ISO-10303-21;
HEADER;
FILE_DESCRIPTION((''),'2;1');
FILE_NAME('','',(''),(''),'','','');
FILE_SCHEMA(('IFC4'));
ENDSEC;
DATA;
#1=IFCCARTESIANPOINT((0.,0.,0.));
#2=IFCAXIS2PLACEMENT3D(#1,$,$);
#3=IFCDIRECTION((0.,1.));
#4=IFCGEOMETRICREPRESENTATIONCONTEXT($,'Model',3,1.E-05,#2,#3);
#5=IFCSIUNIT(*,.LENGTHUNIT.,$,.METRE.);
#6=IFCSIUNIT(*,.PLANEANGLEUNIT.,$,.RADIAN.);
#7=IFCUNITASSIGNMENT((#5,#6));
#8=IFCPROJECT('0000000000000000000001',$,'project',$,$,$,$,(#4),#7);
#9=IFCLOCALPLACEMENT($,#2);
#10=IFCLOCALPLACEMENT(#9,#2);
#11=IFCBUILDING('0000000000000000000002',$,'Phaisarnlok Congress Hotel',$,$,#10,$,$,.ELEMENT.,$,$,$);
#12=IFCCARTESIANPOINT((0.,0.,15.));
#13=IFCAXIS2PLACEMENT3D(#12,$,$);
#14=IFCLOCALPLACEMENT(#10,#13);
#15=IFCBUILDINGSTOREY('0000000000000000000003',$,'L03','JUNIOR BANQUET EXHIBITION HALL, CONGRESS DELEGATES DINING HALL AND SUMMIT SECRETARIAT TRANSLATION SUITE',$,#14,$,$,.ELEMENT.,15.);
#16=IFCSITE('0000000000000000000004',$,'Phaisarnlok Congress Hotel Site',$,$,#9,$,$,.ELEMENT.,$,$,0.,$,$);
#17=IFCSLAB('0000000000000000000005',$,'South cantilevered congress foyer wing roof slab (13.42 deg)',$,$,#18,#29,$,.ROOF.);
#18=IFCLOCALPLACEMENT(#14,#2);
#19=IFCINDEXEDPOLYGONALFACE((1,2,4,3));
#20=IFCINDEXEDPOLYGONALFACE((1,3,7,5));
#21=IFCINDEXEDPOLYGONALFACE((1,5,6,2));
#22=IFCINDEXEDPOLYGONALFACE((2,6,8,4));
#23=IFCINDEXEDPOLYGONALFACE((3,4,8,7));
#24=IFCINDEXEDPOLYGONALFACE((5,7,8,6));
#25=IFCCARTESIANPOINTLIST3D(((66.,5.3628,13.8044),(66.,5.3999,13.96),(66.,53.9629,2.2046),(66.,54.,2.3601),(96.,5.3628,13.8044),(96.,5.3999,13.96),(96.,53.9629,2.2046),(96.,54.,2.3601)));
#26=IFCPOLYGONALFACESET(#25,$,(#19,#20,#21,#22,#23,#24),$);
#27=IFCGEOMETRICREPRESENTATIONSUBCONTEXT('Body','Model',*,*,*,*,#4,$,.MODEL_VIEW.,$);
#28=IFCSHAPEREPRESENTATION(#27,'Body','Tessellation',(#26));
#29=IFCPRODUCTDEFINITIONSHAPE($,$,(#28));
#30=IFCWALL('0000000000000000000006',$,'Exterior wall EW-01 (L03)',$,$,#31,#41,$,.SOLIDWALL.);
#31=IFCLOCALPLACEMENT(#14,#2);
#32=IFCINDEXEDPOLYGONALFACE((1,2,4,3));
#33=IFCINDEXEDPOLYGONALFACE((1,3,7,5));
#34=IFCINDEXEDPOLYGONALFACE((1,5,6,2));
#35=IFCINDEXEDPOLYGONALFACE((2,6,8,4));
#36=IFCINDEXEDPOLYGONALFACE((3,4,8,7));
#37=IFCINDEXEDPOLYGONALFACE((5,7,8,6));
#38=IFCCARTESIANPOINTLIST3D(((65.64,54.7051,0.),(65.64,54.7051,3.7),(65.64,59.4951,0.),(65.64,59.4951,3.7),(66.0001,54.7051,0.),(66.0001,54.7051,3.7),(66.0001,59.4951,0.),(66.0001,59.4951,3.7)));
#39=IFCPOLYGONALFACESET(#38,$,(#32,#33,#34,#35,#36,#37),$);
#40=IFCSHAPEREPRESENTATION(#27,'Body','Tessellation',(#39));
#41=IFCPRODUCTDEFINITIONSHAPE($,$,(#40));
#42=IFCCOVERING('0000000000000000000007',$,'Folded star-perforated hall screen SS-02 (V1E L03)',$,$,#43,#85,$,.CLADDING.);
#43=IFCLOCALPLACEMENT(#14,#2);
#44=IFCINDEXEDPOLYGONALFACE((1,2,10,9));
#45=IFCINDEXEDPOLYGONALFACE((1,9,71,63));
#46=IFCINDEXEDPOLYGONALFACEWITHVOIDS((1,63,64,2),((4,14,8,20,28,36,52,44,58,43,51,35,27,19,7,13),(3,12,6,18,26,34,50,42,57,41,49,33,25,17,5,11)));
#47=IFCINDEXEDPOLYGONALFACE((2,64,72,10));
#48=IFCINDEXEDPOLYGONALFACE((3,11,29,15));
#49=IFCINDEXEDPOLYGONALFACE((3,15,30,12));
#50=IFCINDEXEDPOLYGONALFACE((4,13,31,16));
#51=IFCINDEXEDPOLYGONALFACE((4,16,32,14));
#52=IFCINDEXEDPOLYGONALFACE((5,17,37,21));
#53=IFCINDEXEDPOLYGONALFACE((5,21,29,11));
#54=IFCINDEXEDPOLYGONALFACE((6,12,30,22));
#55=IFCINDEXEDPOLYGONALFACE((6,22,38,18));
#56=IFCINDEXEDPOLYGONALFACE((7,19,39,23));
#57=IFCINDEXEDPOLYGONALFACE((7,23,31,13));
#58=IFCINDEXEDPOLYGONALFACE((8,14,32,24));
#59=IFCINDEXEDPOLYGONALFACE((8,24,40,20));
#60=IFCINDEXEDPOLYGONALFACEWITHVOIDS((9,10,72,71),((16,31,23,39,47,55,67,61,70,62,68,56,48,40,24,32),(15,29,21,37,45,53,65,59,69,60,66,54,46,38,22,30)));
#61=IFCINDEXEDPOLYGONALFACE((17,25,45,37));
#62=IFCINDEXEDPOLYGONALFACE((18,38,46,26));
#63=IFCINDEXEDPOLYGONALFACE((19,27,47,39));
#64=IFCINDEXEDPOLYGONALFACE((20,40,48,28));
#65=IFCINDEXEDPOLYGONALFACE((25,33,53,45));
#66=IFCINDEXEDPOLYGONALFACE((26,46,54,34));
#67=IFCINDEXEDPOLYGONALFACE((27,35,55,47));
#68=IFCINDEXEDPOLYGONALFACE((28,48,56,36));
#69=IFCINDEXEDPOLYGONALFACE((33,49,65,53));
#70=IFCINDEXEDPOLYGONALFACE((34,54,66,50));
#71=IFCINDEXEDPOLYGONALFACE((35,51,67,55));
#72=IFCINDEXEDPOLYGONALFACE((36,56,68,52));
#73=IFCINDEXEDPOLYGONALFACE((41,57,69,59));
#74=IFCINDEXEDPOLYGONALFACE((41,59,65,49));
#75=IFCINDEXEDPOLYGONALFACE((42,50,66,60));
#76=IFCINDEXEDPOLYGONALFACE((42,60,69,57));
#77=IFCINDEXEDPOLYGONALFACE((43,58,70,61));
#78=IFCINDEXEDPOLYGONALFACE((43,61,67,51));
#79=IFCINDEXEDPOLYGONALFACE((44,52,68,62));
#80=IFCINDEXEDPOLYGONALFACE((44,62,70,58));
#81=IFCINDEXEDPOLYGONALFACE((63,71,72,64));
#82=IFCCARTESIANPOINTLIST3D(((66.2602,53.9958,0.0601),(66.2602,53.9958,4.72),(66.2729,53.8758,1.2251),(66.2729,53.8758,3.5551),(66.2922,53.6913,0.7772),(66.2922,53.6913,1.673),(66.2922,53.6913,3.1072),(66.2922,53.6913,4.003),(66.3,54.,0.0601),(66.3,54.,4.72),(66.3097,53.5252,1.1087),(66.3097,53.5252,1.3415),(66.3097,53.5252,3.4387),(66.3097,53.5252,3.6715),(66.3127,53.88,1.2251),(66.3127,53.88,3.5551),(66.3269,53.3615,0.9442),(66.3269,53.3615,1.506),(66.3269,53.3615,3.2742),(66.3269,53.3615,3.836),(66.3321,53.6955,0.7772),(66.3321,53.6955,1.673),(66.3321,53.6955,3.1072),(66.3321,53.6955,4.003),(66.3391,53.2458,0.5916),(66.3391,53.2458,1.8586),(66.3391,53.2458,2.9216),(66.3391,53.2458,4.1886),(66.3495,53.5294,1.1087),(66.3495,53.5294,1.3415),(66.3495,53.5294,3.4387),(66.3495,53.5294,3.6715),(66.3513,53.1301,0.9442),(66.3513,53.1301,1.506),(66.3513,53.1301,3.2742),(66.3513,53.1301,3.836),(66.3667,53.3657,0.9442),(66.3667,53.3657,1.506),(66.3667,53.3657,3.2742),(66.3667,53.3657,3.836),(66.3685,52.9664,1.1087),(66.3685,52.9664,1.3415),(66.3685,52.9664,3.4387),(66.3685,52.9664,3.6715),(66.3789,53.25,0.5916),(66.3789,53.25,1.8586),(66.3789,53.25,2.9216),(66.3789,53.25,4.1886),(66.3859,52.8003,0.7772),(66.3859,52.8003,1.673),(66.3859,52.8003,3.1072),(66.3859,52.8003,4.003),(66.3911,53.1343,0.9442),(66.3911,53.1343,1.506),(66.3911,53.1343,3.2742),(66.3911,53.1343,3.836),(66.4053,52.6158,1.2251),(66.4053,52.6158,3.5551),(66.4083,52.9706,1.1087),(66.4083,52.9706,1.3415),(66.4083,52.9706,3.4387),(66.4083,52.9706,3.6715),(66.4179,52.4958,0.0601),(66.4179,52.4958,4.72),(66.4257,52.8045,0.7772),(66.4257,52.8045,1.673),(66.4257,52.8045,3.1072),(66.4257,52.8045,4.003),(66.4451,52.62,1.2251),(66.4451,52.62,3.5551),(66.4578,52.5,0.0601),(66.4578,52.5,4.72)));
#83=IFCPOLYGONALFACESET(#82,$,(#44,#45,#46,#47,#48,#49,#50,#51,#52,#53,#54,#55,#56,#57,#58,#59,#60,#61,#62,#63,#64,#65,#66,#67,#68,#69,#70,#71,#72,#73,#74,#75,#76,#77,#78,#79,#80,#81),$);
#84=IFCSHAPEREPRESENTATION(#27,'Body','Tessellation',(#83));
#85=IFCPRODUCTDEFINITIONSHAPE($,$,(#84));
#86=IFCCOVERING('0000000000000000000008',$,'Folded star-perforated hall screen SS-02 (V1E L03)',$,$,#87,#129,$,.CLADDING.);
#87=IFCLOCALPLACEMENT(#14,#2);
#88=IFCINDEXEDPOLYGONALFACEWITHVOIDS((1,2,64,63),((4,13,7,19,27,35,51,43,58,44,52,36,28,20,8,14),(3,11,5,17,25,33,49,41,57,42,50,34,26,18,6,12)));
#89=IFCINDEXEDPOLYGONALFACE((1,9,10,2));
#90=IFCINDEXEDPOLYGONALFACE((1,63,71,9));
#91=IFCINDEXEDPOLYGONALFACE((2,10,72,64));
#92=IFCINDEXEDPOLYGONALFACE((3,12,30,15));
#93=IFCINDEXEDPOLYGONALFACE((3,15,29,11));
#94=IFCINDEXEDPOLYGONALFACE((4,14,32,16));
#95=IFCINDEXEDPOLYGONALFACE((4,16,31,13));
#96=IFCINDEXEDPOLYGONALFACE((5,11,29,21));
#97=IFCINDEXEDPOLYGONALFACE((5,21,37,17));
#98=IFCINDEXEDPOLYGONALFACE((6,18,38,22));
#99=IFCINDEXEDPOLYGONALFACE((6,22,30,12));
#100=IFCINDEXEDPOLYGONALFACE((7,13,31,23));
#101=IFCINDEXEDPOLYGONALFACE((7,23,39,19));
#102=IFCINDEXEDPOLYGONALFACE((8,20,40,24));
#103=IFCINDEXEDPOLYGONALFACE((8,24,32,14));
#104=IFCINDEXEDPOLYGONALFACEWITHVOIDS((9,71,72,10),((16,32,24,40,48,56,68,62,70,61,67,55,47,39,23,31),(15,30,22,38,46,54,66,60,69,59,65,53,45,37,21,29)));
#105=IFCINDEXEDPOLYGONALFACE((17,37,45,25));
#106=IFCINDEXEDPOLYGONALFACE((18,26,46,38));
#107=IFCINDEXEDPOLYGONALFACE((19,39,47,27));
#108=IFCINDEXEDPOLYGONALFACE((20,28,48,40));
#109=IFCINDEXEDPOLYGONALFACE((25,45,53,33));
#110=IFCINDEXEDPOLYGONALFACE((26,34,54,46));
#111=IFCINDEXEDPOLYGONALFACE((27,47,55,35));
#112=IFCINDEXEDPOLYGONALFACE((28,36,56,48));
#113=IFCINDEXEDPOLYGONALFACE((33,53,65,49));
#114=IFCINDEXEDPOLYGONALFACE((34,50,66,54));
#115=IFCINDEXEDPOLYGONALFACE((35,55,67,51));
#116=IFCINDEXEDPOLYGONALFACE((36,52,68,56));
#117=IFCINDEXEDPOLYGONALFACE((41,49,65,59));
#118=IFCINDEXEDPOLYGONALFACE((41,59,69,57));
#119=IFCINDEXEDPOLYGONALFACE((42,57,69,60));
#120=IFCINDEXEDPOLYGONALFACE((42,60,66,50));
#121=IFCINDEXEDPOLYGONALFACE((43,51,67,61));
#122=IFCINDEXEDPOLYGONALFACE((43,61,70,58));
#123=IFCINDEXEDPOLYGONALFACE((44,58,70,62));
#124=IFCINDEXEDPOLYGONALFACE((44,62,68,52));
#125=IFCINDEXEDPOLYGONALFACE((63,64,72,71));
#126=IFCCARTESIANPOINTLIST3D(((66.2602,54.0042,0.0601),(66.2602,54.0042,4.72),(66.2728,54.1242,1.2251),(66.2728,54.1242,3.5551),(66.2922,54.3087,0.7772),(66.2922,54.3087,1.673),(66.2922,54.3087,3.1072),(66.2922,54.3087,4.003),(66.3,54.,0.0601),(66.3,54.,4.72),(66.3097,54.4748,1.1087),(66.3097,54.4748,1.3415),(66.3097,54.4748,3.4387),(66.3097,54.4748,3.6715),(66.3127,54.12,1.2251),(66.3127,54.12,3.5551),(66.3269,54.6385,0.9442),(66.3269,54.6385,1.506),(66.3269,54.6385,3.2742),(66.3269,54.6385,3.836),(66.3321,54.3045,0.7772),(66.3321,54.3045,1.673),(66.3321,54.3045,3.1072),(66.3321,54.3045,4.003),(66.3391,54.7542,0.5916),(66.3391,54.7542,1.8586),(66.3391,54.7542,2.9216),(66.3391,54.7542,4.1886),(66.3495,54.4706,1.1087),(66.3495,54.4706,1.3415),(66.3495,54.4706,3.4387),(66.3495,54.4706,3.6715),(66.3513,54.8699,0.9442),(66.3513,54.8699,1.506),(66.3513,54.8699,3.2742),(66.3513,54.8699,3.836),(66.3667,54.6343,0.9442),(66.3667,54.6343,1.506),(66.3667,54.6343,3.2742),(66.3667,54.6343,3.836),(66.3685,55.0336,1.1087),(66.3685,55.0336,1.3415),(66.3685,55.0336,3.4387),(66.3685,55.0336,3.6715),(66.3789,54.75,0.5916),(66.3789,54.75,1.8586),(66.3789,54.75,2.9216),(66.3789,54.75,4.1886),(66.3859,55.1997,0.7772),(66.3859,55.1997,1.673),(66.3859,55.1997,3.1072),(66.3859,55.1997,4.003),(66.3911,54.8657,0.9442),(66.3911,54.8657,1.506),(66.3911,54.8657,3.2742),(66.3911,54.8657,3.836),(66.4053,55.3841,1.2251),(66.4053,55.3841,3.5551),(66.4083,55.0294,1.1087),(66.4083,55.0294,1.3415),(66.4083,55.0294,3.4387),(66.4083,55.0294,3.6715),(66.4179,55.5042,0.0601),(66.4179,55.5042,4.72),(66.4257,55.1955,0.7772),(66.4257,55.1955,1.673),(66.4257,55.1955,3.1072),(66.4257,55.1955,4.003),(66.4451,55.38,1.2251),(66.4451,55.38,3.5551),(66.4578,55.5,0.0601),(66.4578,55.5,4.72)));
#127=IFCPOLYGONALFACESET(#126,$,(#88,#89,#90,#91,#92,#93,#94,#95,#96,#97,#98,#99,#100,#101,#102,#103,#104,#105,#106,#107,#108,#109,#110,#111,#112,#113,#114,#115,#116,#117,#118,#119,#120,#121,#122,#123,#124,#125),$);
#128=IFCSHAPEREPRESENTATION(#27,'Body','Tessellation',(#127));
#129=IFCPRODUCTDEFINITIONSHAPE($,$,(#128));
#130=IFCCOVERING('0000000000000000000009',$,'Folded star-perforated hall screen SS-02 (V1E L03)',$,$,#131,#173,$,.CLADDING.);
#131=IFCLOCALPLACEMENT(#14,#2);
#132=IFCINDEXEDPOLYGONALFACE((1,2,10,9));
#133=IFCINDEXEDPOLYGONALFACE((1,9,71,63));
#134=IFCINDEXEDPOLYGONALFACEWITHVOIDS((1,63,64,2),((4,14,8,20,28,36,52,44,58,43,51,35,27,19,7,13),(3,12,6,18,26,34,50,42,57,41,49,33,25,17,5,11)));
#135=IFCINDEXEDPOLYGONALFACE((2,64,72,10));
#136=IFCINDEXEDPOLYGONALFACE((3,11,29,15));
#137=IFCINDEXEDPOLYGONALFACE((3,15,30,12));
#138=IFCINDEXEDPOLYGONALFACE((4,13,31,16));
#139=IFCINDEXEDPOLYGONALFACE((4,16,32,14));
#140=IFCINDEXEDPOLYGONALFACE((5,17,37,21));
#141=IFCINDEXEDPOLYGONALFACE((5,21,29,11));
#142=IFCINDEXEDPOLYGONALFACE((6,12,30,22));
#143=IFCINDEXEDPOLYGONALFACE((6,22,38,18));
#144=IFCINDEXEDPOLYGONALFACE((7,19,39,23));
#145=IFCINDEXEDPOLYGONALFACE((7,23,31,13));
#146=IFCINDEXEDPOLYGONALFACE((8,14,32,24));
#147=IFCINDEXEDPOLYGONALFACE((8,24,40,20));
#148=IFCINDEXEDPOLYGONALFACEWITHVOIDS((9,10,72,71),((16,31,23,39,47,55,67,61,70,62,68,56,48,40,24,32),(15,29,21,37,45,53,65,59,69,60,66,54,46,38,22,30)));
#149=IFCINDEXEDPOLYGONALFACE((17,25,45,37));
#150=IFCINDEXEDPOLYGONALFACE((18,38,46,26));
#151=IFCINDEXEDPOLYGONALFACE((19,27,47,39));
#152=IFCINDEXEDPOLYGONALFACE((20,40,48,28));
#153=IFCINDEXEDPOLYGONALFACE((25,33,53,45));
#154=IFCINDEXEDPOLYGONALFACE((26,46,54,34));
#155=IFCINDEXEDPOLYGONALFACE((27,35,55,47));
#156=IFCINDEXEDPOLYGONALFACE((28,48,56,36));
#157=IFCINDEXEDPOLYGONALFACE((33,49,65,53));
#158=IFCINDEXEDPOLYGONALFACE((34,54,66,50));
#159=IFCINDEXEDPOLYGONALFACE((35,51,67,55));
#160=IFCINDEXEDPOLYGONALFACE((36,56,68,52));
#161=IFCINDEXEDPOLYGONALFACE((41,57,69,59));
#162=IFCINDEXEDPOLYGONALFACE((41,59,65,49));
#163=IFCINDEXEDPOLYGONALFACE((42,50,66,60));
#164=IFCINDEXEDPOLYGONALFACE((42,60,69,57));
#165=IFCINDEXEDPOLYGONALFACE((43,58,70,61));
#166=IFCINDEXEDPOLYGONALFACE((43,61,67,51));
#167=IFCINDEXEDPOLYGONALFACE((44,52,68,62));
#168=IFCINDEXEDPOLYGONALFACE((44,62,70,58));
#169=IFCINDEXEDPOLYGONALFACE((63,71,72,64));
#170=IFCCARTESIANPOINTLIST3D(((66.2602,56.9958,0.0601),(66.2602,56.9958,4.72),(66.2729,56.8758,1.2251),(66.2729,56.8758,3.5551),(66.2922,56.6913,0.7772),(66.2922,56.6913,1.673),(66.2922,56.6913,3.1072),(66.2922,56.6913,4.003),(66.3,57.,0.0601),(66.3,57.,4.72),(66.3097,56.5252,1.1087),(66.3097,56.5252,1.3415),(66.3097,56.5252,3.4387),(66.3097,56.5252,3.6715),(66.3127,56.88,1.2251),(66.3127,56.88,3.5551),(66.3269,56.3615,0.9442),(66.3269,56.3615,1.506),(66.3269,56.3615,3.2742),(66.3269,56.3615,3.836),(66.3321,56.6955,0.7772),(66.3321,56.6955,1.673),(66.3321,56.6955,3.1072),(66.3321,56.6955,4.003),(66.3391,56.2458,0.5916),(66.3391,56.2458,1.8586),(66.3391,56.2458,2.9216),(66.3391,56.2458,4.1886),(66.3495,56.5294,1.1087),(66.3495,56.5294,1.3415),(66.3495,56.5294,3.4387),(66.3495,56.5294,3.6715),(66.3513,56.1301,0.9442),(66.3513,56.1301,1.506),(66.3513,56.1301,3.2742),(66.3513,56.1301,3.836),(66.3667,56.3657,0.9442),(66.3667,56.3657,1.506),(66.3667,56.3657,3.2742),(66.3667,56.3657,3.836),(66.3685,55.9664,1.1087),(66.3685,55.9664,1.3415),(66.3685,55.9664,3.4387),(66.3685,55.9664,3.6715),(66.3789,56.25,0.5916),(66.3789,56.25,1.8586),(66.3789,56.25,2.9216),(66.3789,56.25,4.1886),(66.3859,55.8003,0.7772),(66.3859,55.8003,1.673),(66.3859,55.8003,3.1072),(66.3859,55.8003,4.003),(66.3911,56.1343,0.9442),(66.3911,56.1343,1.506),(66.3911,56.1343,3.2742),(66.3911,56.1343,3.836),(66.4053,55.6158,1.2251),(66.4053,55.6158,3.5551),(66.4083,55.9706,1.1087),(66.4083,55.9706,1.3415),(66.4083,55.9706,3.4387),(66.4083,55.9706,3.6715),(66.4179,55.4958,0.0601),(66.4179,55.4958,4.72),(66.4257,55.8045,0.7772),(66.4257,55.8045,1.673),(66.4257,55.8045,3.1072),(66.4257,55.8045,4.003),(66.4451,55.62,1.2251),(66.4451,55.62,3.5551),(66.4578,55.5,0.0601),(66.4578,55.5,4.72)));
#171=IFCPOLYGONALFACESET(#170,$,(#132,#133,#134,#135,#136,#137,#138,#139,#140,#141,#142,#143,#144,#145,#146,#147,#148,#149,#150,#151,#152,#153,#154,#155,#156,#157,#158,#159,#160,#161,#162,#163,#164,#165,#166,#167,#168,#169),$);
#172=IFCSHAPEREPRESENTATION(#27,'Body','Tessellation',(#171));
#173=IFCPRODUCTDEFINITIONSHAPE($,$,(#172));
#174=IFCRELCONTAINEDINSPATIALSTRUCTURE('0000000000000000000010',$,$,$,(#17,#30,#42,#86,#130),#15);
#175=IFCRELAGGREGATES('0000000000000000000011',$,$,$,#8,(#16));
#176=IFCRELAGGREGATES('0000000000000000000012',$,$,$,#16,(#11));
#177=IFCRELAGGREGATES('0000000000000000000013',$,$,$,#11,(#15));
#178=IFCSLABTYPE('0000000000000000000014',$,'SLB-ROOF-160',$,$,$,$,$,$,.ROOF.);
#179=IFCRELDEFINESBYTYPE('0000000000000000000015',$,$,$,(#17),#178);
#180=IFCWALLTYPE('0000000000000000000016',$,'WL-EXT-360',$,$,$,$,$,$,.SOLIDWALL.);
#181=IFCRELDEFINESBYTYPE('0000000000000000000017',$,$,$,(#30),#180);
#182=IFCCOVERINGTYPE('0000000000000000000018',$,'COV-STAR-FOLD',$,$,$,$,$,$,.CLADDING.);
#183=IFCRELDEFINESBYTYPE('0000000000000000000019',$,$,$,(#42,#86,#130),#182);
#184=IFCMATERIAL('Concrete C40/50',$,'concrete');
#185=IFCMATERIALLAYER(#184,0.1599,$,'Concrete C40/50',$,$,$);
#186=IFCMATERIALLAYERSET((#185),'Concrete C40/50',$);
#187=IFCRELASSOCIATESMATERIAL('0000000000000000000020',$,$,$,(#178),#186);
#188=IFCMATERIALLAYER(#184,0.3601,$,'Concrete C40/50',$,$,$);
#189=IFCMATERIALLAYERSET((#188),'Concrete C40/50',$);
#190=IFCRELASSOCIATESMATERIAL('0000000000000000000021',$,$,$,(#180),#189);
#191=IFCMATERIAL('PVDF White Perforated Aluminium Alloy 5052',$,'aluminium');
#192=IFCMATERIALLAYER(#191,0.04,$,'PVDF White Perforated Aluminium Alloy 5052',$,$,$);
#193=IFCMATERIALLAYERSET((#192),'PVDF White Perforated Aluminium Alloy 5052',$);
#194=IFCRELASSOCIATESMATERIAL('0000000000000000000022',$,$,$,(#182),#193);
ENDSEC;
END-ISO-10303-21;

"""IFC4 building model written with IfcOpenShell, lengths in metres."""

from ifc_helpers import new_model, si_unit, direction, frame, frame_2d, origin, place, context, subcontext, project, spatial, polyline, rectangle, outline, extrude, material, layer, layer_set, type_object, element, save


model = new_model("IFC4")

# Units and contexts
model_context = context("Model", 3, precision=1e-05, world=origin(), true_north=direction((0.0, 1.0)))
body_context = subcontext(model_context, "Body", "Model", "MODEL_VIEW")
ifc_project = project(units=[si_unit("LENGTHUNIT", "METRE"), si_unit("PLANEANGLEUNIT", "RADIAN")], contexts=[model_context])

# Site, building, storey
site_placement = place(None, origin())
site = spatial("IfcSite", under=ifc_project, at=site_placement, Name="Phaisarnlok Congress Hotel Site", CompositionType="ELEMENT", RefElevation=0.0)
building_placement = place(site_placement, origin())
building = spatial("IfcBuilding", under=site, at=building_placement, Name="Phaisarnlok Congress Hotel", CompositionType="ELEMENT")
storey_placement = place(building_placement, frame((0.0, 0.0, 15.0)))
storey = spatial("IfcBuildingStorey", under=building, at=storey_placement, Name="L03", Description="JUNIOR BANQUET EXHIBITION HALL, CONGRESS DELEGATES DINING HALL AND SUMMIT SECRETARIAT TRANSLATION SUITE", CompositionType="ELEMENT", Elevation=15.0)

# Shared definitions
ifc_material_1 = material(Name="Concrete C40/50", Category="concrete")

# Slab
ifc_layer_1 = layer(ifc_material_1, 0.1599, Name="Concrete C40/50")
ifc_layer_set_1 = layer_set([ifc_layer_1], Name="Concrete C40/50")
slab_type = type_object("IfcSlabType", Name="SLB-ROOF-160", PredefinedType="ROOF", material=ifc_layer_set_1)
slab_placement = place(storey_placement, frame((66.0, 54.0, 2.3601), z_axis=(0.0, 0.232158, 0.972678), x_axis=(1.0, 0.0, 0.0)))
element("IfcSlab", 1, at=slab_placement, inside=storey, type_object=slab_type, Name="South cantilevered congress foyer wing roof slab (13.42 deg)", PredefinedType="ROOF", context=body_context, shape_type="SweptSolid", body=[
    extrude(outline(polyline([(0.0, 0.0), (30.0, 0.0), (30.0, -49.9652), (0.0, -49.9652), (0.0, 0.0)])), origin(), (0.0, 0.0, -1.0), 0.1599),
])

# Wall
ifc_layer_2 = layer(ifc_material_1, 0.3601, Name="Concrete C40/50")
ifc_layer_set_2 = layer_set([ifc_layer_2], Name="Concrete C40/50")
wall_type = type_object("IfcWallType", Name="WL-EXT-360", PredefinedType="SOLIDWALL", material=ifc_layer_set_2)
wall_placement = place(storey_placement, frame((65.8201, 54.7051, 0.0), z_axis=(0.0, 0.0, 1.0), x_axis=(0.0, 1.0, 0.0)))
element("IfcWall", 2, at=wall_placement, inside=storey, type_object=wall_type, Name="Exterior wall EW-01 (L03)", PredefinedType="SOLIDWALL", context=body_context, shape_type="SweptSolid", body=[
    extrude(rectangle(XDim=4.79, YDim=0.3601, at=frame_2d((2.395, 0.0))), origin(), (0.0, 0.0, 1.0), 3.7),
])

# Coverings
ifc_material_2 = material(Name="PVDF White Perforated Aluminium Alloy 5052", Category="aluminium")
ifc_layer_3 = layer(ifc_material_2, 0.04, Name="PVDF White Perforated Aluminium Alloy 5052")
ifc_layer_set_3 = layer_set([ifc_layer_3], Name="PVDF White Perforated Aluminium Alloy 5052")
covering_type = type_object("IfcCoveringType", Name="COV-STAR-FOLD", PredefinedType="CLADDING", material=ifc_layer_set_3)
for number, where, z_axis, x_axis, name in (
    (3, (66.3, 54.0, 0.0601), (-0.994518, -0.104567, 0.0), (0.104567, -0.994518, 0.0), "Folded star-perforated hall screen SS-02 (V1E L03)"),
    (4, (66.4578, 55.5, 0.0601), (-0.994518, 0.104567, 0.0), (-0.104567, -0.994518, 0.0), "Folded star-perforated hall screen SS-02 (V1E L03)"),
    (5, (66.3, 57.0, 0.0601), (-0.994518, -0.104567, 0.0), (0.104567, -0.994518, 0.0), "Folded star-perforated hall screen SS-02 (V1E L03)"),
):
    element("IfcCovering", number, at=place(storey_placement, frame(where, z_axis=z_axis, x_axis=x_axis)), inside=storey, type_object=covering_type, Name=name, PredefinedType="CLADDING", context=body_context, shape_type="SweptSolid", body=[
        extrude(outline(polyline([(0.0, 0.0), (1.5083, 0.0), (1.5083, 4.6599), (0.0, 4.6599), (0.0, 0.0)]), holes=[polyline([(1.0351, 1.0486), (1.2021, 0.7171), (0.8705, 0.8841), (0.7541, 0.5315), (0.6378, 0.8841), (0.3062, 0.7171), (0.4732, 1.0486), (0.1207, 1.165), (0.4732, 1.2814), (0.3062, 1.6129), (0.6378, 1.4459), (0.7541, 1.7985), (0.8705, 1.4459), (1.2021, 1.6129), (1.0351, 1.2814), (1.3876, 1.165), (1.0351, 1.0486)]), polyline([(1.0351, 3.3786), (1.2021, 3.0471), (0.8705, 3.2141), (0.7541, 2.8615), (0.6378, 3.2141), (0.3062, 3.0471), (0.4732, 3.3786), (0.1207, 3.495), (0.4732, 3.6114), (0.3062, 3.9429), (0.6378, 3.7759), (0.7541, 4.1285), (0.8705, 3.7759), (1.2021, 3.9429), (1.0351, 3.6114), (1.3876, 3.495), (1.0351, 3.3786)])]), origin(), (0.0, 0.0, 1.0), 0.04),
    ])

save(model, "model.ifc")
